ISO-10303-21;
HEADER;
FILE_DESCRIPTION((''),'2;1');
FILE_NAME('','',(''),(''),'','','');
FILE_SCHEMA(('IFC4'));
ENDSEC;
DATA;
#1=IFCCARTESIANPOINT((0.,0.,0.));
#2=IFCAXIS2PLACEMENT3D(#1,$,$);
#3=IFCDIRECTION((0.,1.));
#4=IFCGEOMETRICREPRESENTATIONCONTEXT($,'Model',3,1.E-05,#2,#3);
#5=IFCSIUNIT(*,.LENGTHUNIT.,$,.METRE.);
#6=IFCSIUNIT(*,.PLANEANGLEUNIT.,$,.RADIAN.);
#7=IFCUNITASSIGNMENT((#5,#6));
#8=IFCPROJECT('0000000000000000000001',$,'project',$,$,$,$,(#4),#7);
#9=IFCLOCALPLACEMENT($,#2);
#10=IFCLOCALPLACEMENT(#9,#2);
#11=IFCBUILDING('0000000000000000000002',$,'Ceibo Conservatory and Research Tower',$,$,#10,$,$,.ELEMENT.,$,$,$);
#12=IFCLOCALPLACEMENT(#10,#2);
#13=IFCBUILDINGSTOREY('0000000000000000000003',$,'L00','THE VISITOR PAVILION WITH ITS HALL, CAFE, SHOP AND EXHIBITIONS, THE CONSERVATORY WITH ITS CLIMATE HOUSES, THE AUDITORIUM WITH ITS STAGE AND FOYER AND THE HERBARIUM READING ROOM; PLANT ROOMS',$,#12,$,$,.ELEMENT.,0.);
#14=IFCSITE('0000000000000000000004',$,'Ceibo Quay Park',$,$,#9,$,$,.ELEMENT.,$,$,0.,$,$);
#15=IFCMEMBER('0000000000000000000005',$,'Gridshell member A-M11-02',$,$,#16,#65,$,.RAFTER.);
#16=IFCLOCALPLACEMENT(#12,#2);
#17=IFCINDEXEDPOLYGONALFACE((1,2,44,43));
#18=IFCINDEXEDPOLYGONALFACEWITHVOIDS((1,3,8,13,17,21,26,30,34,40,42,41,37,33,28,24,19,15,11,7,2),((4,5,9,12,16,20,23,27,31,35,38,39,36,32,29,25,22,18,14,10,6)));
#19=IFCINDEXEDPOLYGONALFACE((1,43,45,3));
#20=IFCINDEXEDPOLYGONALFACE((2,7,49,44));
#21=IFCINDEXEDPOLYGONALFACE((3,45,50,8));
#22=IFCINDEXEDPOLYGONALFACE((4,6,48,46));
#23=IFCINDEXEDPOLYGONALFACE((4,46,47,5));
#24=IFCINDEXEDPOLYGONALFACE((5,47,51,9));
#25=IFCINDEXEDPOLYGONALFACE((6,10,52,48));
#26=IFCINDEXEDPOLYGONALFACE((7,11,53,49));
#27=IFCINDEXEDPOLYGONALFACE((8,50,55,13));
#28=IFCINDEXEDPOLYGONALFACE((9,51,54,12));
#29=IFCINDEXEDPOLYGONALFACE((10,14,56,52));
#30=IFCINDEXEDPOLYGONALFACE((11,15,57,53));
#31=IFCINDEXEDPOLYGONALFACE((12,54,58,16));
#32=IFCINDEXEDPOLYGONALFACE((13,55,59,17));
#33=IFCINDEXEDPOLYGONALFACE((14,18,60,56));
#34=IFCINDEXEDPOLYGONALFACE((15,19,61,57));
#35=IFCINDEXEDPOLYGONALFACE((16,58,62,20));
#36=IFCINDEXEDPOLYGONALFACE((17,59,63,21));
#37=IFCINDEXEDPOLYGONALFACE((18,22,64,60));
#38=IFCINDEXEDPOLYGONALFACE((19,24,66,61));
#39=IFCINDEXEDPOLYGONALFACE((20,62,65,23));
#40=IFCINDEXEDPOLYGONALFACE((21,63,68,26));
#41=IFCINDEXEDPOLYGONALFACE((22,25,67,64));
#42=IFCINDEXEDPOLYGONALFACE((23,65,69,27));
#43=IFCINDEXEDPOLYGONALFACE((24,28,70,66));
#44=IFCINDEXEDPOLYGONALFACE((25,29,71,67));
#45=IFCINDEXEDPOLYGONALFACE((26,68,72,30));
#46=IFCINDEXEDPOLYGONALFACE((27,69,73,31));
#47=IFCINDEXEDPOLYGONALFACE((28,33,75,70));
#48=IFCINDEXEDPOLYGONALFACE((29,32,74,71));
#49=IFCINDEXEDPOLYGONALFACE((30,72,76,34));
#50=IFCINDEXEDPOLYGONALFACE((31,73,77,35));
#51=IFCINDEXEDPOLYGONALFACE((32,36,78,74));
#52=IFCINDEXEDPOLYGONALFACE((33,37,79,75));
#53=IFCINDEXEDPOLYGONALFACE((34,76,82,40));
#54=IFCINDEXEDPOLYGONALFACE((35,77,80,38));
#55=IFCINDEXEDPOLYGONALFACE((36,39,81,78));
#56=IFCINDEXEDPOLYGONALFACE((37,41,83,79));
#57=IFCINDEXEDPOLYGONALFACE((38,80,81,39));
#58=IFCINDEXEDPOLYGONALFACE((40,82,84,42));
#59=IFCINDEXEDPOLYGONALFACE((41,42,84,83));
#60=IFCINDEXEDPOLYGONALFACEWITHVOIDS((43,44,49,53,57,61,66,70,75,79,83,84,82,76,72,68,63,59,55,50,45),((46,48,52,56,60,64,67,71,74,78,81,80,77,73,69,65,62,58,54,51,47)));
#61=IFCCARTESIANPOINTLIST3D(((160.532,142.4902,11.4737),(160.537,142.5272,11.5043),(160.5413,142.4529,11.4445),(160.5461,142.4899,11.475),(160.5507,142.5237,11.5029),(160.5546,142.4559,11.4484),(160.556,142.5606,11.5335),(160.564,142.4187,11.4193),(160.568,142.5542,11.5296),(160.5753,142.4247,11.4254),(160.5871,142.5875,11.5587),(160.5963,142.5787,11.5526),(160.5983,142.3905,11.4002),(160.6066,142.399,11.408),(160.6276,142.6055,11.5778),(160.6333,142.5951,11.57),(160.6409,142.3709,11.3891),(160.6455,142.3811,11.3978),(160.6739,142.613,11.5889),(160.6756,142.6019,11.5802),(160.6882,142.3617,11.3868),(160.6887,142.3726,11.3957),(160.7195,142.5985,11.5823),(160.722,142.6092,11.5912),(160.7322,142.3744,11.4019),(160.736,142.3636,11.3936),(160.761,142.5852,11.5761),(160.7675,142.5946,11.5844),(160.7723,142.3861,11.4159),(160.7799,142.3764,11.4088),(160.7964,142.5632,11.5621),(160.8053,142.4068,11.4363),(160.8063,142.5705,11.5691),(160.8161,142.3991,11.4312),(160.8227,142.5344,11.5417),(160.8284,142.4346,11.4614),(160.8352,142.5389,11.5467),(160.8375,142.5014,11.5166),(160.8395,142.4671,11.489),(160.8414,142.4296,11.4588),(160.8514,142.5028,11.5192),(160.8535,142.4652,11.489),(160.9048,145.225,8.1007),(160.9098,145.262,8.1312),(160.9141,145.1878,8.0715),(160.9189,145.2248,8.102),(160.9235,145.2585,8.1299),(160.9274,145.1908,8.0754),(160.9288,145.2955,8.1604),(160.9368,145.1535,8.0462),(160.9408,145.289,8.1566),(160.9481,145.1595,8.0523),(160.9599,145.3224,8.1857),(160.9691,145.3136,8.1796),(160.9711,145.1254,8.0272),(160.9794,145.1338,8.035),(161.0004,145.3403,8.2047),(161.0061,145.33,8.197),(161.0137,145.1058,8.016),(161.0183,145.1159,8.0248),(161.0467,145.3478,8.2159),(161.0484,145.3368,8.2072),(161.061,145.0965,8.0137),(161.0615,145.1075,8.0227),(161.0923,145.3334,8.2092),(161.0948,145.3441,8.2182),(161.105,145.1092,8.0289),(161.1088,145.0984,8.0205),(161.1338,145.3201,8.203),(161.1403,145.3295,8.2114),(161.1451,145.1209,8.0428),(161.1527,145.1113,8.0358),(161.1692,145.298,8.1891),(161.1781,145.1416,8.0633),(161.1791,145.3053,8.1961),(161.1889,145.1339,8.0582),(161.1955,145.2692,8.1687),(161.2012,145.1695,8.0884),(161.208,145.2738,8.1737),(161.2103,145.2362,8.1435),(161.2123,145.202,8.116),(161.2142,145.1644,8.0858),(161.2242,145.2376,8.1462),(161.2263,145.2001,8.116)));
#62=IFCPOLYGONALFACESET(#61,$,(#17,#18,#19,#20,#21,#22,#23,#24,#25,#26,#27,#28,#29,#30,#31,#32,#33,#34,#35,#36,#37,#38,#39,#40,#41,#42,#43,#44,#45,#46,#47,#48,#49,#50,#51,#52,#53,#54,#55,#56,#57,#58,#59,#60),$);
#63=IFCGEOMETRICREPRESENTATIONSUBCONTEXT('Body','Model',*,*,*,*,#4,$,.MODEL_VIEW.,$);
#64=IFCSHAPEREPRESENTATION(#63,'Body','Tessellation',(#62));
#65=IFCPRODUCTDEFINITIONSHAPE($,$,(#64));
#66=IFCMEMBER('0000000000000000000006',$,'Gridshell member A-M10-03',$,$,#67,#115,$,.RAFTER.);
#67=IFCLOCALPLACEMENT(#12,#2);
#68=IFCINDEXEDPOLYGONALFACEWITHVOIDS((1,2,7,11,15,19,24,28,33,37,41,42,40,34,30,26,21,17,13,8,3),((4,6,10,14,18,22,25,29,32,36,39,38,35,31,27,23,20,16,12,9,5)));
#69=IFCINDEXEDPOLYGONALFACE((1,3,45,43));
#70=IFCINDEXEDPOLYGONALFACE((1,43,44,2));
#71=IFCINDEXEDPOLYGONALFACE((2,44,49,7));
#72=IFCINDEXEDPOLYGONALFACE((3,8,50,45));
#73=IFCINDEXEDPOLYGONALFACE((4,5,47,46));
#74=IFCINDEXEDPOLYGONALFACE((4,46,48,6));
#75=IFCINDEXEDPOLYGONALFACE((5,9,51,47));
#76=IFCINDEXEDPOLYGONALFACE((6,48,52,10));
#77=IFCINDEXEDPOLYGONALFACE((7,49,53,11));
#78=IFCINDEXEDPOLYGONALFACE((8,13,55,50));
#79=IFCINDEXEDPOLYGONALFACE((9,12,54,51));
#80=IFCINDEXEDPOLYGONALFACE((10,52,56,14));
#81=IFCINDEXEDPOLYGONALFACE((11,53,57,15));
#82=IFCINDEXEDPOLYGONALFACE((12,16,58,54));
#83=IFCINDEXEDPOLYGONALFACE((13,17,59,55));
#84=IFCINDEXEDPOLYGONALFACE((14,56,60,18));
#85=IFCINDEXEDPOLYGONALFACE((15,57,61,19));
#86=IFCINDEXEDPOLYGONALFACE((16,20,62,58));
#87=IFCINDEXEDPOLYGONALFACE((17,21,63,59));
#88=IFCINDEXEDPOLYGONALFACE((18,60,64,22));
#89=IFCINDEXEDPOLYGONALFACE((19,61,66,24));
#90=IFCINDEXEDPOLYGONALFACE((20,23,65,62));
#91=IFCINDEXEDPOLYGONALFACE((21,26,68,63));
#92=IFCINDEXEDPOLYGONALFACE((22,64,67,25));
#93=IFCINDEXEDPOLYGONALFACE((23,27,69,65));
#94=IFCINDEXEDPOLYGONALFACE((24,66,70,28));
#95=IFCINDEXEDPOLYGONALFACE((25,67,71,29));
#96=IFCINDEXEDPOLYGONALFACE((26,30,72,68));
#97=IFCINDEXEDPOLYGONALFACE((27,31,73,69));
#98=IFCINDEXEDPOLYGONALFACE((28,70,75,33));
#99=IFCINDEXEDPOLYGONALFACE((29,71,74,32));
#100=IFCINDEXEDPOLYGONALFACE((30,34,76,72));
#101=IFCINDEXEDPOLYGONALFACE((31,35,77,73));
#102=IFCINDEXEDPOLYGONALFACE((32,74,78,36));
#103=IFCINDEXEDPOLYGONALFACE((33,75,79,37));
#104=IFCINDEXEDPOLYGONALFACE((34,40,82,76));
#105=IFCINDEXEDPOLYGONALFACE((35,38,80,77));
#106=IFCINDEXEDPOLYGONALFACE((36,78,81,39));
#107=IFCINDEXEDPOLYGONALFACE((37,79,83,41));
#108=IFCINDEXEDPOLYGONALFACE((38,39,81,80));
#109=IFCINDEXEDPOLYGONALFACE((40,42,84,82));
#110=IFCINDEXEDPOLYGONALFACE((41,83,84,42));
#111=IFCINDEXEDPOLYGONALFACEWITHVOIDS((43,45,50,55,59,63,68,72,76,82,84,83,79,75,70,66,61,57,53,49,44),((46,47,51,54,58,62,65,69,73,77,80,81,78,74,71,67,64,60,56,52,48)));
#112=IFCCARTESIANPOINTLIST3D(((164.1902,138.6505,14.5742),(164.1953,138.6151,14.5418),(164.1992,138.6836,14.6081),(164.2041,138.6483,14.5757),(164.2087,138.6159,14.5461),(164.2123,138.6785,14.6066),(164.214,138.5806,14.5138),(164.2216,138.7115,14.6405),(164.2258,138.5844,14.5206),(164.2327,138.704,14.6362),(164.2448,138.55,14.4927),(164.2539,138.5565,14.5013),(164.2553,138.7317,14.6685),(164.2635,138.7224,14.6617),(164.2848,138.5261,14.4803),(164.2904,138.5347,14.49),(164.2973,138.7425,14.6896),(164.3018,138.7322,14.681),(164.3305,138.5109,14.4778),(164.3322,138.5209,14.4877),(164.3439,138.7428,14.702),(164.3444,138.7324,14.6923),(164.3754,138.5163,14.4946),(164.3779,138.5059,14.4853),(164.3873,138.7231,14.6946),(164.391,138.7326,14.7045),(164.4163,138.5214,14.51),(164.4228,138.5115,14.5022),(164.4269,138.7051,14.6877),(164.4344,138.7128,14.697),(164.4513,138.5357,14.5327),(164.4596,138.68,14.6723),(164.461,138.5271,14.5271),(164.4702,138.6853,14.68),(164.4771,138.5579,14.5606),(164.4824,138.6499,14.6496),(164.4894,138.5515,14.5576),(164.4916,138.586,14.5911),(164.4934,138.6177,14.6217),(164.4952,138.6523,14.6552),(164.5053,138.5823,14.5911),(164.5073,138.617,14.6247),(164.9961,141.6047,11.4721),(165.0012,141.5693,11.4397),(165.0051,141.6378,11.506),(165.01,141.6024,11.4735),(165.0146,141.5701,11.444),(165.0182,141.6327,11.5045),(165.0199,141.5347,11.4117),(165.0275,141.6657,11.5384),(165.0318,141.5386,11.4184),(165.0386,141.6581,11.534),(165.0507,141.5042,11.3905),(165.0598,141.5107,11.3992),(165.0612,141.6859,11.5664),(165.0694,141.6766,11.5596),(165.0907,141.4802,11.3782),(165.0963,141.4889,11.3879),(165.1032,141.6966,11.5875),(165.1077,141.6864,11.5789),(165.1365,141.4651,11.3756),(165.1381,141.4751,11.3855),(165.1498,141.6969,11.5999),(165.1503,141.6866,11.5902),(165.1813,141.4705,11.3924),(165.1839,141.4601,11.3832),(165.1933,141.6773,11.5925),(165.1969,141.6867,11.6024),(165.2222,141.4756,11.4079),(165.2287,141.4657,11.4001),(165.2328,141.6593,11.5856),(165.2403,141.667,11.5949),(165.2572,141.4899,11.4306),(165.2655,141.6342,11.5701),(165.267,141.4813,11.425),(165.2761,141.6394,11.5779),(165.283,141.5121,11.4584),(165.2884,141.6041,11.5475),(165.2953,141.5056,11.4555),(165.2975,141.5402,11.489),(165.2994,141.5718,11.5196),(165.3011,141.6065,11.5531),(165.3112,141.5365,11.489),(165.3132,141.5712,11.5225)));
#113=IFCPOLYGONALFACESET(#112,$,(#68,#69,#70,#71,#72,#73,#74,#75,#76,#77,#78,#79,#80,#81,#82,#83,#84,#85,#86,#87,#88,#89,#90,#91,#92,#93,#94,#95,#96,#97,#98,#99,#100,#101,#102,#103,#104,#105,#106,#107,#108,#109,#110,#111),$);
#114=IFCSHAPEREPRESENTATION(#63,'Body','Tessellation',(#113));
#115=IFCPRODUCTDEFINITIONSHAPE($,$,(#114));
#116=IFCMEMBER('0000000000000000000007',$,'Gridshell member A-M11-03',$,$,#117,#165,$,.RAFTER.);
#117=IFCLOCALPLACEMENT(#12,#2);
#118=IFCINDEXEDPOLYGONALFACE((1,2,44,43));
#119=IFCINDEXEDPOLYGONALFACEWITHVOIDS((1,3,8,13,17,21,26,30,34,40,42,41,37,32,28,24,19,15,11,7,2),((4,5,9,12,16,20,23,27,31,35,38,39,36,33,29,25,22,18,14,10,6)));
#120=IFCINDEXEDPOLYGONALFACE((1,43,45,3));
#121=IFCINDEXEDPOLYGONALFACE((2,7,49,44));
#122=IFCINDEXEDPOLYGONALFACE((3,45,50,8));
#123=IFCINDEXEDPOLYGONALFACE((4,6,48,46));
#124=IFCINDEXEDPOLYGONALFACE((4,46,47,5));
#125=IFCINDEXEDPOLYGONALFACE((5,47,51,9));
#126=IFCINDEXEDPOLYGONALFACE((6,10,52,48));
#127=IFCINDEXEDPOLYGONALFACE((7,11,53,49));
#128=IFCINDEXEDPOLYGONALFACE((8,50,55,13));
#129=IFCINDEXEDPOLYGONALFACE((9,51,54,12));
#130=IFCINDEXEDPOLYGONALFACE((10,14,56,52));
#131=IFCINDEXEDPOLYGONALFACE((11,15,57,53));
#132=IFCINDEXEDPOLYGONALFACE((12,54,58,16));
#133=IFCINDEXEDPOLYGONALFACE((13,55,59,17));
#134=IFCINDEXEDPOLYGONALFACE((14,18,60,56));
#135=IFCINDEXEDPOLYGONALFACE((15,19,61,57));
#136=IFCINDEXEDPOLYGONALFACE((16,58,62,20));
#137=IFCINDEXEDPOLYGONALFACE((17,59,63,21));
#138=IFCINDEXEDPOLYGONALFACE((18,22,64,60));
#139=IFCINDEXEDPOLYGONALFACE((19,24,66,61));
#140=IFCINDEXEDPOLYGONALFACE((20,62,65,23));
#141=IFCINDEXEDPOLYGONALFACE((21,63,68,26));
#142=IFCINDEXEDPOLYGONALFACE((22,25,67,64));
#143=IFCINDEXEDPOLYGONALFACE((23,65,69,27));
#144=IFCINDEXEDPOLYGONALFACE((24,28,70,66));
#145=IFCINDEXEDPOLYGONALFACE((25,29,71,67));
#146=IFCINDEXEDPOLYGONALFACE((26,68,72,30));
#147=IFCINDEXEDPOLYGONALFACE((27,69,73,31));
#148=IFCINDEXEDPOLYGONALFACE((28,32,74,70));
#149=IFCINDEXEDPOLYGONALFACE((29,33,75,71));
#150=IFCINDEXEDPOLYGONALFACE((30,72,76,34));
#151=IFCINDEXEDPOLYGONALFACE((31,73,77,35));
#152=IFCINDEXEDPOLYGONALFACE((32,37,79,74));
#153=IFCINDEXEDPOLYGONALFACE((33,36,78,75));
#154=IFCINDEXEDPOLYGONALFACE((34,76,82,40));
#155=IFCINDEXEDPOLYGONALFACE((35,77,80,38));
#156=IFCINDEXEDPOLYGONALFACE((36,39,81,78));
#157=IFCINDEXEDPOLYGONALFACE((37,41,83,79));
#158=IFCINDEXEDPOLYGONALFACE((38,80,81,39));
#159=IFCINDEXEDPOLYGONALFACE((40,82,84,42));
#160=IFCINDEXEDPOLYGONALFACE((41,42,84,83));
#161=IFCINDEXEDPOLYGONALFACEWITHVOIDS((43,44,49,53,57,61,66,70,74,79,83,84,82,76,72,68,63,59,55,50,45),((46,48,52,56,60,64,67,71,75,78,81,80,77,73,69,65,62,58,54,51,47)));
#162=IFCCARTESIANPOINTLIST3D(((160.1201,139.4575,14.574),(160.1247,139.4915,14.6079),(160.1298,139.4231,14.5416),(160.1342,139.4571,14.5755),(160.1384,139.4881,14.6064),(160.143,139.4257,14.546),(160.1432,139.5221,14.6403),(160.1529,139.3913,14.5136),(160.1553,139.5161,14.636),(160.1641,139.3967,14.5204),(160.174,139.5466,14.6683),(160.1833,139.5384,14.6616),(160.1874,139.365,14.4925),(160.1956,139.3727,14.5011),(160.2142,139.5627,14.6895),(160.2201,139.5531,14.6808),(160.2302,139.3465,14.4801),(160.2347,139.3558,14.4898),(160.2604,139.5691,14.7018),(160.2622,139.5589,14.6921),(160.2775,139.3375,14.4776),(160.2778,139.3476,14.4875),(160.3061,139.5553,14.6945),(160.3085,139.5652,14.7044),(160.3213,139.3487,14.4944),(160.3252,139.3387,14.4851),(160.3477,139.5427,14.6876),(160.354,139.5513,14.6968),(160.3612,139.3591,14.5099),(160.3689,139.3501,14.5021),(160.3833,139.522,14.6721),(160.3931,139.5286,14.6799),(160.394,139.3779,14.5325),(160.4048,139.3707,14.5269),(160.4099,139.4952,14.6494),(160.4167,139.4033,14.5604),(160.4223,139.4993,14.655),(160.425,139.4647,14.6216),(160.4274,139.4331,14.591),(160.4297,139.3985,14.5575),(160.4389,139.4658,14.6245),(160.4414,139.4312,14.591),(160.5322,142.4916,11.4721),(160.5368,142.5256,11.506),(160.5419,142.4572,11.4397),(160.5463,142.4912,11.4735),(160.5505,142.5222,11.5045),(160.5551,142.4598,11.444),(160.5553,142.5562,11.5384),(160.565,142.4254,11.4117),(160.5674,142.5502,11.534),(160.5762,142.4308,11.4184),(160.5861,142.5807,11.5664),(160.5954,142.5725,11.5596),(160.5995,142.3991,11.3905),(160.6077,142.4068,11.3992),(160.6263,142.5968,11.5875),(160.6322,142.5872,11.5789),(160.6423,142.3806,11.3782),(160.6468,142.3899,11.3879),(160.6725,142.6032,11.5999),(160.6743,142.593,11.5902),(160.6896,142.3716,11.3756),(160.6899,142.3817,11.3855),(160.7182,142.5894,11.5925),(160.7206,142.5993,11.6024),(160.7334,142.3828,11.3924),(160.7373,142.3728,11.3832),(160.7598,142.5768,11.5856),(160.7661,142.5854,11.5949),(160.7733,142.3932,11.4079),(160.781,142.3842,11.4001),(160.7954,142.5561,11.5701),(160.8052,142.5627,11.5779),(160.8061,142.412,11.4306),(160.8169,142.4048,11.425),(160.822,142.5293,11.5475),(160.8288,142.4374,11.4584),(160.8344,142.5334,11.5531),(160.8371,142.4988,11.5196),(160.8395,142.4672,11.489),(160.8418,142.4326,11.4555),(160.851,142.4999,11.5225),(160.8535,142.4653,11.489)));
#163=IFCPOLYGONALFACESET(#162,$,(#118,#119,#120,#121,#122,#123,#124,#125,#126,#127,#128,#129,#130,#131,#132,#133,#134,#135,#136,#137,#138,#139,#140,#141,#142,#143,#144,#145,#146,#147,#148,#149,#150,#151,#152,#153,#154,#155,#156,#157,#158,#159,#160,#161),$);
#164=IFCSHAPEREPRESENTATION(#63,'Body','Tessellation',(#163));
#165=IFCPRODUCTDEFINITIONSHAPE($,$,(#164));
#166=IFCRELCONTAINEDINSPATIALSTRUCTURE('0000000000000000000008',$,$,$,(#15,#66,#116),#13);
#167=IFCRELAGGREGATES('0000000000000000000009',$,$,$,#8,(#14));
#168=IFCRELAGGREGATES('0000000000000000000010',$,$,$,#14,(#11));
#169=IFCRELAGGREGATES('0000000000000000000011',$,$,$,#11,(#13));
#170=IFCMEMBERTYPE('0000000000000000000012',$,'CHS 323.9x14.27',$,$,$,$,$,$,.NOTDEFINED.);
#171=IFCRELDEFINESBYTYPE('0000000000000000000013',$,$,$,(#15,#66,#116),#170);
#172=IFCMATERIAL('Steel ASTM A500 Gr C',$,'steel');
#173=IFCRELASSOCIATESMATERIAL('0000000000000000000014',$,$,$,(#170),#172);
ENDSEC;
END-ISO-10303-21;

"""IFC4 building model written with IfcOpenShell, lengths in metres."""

from ifc_helpers import new_model, si_unit, direction, frame, origin, origin_2d, place, context, subcontext, project, spatial, hollow_circle, extrude, material, material_profile, profile_set, type_object, element, save


model = new_model("IFC4")

# Units and contexts
model_context = context("Model", 3, precision=1e-05, world=origin(), true_north=direction((0.0, 1.0)))
body_context = subcontext(model_context, "Body", "Model", "MODEL_VIEW")
ifc_project = project(units=[si_unit("LENGTHUNIT", "METRE"), si_unit("PLANEANGLEUNIT", "RADIAN")], contexts=[model_context])

# Site, building, storey
site_placement = place(None, origin())
site = spatial("IfcSite", under=ifc_project, at=site_placement, Name="Ceibo Quay Park", CompositionType="ELEMENT", RefElevation=0.0)
building_placement = place(site_placement, origin())
building = spatial("IfcBuilding", under=site, at=building_placement, Name="Ceibo Conservatory and Research Tower", CompositionType="ELEMENT")
storey_placement = place(building_placement, origin())
storey = spatial("IfcBuildingStorey", under=building, at=storey_placement, Name="L00", Description="THE VISITOR PAVILION WITH ITS HALL, CAFE, SHOP AND EXHIBITIONS, THE CONSERVATORY WITH ITS CLIMATE HOUSES, THE AUDITORIUM WITH ITS STAGE AND FOYER AND THE HERBARIUM READING ROOM; PLANT ROOMS", CompositionType="ELEMENT", Elevation=0.0)

# Members
ifc_material_1 = material(Name="Steel ASTM A500 Gr C", Category="steel")
ifc_material_profile_1 = material_profile(ifc_material_1, hollow_circle(Radius=0.1619, WallThickness=0.0142, at=origin_2d()), Name="CHS 323.9x14.27")
ifc_profile_set_1 = profile_set([ifc_material_profile_1], Name="Steel ASTM A500 Gr C")
member_type_1 = type_object("IfcMemberType", Name="CHS 323.9x14.27", PredefinedType="NOTDEFINED", material=ifc_profile_set_1)
member_1_placement = place(storey_placement, frame((161.0659, 145.2219, 8.116), z_axis=(-0.085536, -0.627488, 0.773913), x_axis=(0.990837, -0.135066, 0.0)))
element("IfcMember", 1, at=member_1_placement, inside=storey, type_object=member_type_1, Name="Gridshell member A-M11-02", PredefinedType="RAFTER", context=body_context, shape_type="SweptSolid", body=[
    extrude(hollow_circle(Radius=0.1619, WallThickness=0.0142, at=origin_2d()), origin(), (0.0, 0.0, 1.0), 4.3584),
])
member_2_placement = place(storey_placement, frame((165.155, 141.5791, 11.489), z_axis=(-0.184893, -0.677737, 0.711679), x_axis=(0.964744, -0.263192, 0.0)))
element("IfcMember", 2, at=member_2_placement, inside=storey, type_object=member_type_1, Name="Gridshell member A-M10-03", PredefinedType="RAFTER", context=body_context, shape_type="SweptSolid", body=[
    extrude(hollow_circle(Radius=0.1619, WallThickness=0.0142, at=origin_2d()), origin(), (0.0, 0.0, 1.0), 4.3589),
])
member_3_placement = place(storey_placement, frame((160.6931, 142.4871, 11.489), z_axis=(-0.094547, -0.696111, 0.711682), x_axis=(0.990902, -0.134587, 0.0)))
element("IfcMember", 3, at=member_3_placement, inside=storey, type_object=member_type_1, Name="Gridshell member A-M11-03", PredefinedType="RAFTER", context=body_context, shape_type="SweptSolid", body=[
    extrude(hollow_circle(Radius=0.1619, WallThickness=0.0142, at=origin_2d()), origin(), (0.0, 0.0, 1.0), 4.3586),
])

save(model, "model.ifc")
